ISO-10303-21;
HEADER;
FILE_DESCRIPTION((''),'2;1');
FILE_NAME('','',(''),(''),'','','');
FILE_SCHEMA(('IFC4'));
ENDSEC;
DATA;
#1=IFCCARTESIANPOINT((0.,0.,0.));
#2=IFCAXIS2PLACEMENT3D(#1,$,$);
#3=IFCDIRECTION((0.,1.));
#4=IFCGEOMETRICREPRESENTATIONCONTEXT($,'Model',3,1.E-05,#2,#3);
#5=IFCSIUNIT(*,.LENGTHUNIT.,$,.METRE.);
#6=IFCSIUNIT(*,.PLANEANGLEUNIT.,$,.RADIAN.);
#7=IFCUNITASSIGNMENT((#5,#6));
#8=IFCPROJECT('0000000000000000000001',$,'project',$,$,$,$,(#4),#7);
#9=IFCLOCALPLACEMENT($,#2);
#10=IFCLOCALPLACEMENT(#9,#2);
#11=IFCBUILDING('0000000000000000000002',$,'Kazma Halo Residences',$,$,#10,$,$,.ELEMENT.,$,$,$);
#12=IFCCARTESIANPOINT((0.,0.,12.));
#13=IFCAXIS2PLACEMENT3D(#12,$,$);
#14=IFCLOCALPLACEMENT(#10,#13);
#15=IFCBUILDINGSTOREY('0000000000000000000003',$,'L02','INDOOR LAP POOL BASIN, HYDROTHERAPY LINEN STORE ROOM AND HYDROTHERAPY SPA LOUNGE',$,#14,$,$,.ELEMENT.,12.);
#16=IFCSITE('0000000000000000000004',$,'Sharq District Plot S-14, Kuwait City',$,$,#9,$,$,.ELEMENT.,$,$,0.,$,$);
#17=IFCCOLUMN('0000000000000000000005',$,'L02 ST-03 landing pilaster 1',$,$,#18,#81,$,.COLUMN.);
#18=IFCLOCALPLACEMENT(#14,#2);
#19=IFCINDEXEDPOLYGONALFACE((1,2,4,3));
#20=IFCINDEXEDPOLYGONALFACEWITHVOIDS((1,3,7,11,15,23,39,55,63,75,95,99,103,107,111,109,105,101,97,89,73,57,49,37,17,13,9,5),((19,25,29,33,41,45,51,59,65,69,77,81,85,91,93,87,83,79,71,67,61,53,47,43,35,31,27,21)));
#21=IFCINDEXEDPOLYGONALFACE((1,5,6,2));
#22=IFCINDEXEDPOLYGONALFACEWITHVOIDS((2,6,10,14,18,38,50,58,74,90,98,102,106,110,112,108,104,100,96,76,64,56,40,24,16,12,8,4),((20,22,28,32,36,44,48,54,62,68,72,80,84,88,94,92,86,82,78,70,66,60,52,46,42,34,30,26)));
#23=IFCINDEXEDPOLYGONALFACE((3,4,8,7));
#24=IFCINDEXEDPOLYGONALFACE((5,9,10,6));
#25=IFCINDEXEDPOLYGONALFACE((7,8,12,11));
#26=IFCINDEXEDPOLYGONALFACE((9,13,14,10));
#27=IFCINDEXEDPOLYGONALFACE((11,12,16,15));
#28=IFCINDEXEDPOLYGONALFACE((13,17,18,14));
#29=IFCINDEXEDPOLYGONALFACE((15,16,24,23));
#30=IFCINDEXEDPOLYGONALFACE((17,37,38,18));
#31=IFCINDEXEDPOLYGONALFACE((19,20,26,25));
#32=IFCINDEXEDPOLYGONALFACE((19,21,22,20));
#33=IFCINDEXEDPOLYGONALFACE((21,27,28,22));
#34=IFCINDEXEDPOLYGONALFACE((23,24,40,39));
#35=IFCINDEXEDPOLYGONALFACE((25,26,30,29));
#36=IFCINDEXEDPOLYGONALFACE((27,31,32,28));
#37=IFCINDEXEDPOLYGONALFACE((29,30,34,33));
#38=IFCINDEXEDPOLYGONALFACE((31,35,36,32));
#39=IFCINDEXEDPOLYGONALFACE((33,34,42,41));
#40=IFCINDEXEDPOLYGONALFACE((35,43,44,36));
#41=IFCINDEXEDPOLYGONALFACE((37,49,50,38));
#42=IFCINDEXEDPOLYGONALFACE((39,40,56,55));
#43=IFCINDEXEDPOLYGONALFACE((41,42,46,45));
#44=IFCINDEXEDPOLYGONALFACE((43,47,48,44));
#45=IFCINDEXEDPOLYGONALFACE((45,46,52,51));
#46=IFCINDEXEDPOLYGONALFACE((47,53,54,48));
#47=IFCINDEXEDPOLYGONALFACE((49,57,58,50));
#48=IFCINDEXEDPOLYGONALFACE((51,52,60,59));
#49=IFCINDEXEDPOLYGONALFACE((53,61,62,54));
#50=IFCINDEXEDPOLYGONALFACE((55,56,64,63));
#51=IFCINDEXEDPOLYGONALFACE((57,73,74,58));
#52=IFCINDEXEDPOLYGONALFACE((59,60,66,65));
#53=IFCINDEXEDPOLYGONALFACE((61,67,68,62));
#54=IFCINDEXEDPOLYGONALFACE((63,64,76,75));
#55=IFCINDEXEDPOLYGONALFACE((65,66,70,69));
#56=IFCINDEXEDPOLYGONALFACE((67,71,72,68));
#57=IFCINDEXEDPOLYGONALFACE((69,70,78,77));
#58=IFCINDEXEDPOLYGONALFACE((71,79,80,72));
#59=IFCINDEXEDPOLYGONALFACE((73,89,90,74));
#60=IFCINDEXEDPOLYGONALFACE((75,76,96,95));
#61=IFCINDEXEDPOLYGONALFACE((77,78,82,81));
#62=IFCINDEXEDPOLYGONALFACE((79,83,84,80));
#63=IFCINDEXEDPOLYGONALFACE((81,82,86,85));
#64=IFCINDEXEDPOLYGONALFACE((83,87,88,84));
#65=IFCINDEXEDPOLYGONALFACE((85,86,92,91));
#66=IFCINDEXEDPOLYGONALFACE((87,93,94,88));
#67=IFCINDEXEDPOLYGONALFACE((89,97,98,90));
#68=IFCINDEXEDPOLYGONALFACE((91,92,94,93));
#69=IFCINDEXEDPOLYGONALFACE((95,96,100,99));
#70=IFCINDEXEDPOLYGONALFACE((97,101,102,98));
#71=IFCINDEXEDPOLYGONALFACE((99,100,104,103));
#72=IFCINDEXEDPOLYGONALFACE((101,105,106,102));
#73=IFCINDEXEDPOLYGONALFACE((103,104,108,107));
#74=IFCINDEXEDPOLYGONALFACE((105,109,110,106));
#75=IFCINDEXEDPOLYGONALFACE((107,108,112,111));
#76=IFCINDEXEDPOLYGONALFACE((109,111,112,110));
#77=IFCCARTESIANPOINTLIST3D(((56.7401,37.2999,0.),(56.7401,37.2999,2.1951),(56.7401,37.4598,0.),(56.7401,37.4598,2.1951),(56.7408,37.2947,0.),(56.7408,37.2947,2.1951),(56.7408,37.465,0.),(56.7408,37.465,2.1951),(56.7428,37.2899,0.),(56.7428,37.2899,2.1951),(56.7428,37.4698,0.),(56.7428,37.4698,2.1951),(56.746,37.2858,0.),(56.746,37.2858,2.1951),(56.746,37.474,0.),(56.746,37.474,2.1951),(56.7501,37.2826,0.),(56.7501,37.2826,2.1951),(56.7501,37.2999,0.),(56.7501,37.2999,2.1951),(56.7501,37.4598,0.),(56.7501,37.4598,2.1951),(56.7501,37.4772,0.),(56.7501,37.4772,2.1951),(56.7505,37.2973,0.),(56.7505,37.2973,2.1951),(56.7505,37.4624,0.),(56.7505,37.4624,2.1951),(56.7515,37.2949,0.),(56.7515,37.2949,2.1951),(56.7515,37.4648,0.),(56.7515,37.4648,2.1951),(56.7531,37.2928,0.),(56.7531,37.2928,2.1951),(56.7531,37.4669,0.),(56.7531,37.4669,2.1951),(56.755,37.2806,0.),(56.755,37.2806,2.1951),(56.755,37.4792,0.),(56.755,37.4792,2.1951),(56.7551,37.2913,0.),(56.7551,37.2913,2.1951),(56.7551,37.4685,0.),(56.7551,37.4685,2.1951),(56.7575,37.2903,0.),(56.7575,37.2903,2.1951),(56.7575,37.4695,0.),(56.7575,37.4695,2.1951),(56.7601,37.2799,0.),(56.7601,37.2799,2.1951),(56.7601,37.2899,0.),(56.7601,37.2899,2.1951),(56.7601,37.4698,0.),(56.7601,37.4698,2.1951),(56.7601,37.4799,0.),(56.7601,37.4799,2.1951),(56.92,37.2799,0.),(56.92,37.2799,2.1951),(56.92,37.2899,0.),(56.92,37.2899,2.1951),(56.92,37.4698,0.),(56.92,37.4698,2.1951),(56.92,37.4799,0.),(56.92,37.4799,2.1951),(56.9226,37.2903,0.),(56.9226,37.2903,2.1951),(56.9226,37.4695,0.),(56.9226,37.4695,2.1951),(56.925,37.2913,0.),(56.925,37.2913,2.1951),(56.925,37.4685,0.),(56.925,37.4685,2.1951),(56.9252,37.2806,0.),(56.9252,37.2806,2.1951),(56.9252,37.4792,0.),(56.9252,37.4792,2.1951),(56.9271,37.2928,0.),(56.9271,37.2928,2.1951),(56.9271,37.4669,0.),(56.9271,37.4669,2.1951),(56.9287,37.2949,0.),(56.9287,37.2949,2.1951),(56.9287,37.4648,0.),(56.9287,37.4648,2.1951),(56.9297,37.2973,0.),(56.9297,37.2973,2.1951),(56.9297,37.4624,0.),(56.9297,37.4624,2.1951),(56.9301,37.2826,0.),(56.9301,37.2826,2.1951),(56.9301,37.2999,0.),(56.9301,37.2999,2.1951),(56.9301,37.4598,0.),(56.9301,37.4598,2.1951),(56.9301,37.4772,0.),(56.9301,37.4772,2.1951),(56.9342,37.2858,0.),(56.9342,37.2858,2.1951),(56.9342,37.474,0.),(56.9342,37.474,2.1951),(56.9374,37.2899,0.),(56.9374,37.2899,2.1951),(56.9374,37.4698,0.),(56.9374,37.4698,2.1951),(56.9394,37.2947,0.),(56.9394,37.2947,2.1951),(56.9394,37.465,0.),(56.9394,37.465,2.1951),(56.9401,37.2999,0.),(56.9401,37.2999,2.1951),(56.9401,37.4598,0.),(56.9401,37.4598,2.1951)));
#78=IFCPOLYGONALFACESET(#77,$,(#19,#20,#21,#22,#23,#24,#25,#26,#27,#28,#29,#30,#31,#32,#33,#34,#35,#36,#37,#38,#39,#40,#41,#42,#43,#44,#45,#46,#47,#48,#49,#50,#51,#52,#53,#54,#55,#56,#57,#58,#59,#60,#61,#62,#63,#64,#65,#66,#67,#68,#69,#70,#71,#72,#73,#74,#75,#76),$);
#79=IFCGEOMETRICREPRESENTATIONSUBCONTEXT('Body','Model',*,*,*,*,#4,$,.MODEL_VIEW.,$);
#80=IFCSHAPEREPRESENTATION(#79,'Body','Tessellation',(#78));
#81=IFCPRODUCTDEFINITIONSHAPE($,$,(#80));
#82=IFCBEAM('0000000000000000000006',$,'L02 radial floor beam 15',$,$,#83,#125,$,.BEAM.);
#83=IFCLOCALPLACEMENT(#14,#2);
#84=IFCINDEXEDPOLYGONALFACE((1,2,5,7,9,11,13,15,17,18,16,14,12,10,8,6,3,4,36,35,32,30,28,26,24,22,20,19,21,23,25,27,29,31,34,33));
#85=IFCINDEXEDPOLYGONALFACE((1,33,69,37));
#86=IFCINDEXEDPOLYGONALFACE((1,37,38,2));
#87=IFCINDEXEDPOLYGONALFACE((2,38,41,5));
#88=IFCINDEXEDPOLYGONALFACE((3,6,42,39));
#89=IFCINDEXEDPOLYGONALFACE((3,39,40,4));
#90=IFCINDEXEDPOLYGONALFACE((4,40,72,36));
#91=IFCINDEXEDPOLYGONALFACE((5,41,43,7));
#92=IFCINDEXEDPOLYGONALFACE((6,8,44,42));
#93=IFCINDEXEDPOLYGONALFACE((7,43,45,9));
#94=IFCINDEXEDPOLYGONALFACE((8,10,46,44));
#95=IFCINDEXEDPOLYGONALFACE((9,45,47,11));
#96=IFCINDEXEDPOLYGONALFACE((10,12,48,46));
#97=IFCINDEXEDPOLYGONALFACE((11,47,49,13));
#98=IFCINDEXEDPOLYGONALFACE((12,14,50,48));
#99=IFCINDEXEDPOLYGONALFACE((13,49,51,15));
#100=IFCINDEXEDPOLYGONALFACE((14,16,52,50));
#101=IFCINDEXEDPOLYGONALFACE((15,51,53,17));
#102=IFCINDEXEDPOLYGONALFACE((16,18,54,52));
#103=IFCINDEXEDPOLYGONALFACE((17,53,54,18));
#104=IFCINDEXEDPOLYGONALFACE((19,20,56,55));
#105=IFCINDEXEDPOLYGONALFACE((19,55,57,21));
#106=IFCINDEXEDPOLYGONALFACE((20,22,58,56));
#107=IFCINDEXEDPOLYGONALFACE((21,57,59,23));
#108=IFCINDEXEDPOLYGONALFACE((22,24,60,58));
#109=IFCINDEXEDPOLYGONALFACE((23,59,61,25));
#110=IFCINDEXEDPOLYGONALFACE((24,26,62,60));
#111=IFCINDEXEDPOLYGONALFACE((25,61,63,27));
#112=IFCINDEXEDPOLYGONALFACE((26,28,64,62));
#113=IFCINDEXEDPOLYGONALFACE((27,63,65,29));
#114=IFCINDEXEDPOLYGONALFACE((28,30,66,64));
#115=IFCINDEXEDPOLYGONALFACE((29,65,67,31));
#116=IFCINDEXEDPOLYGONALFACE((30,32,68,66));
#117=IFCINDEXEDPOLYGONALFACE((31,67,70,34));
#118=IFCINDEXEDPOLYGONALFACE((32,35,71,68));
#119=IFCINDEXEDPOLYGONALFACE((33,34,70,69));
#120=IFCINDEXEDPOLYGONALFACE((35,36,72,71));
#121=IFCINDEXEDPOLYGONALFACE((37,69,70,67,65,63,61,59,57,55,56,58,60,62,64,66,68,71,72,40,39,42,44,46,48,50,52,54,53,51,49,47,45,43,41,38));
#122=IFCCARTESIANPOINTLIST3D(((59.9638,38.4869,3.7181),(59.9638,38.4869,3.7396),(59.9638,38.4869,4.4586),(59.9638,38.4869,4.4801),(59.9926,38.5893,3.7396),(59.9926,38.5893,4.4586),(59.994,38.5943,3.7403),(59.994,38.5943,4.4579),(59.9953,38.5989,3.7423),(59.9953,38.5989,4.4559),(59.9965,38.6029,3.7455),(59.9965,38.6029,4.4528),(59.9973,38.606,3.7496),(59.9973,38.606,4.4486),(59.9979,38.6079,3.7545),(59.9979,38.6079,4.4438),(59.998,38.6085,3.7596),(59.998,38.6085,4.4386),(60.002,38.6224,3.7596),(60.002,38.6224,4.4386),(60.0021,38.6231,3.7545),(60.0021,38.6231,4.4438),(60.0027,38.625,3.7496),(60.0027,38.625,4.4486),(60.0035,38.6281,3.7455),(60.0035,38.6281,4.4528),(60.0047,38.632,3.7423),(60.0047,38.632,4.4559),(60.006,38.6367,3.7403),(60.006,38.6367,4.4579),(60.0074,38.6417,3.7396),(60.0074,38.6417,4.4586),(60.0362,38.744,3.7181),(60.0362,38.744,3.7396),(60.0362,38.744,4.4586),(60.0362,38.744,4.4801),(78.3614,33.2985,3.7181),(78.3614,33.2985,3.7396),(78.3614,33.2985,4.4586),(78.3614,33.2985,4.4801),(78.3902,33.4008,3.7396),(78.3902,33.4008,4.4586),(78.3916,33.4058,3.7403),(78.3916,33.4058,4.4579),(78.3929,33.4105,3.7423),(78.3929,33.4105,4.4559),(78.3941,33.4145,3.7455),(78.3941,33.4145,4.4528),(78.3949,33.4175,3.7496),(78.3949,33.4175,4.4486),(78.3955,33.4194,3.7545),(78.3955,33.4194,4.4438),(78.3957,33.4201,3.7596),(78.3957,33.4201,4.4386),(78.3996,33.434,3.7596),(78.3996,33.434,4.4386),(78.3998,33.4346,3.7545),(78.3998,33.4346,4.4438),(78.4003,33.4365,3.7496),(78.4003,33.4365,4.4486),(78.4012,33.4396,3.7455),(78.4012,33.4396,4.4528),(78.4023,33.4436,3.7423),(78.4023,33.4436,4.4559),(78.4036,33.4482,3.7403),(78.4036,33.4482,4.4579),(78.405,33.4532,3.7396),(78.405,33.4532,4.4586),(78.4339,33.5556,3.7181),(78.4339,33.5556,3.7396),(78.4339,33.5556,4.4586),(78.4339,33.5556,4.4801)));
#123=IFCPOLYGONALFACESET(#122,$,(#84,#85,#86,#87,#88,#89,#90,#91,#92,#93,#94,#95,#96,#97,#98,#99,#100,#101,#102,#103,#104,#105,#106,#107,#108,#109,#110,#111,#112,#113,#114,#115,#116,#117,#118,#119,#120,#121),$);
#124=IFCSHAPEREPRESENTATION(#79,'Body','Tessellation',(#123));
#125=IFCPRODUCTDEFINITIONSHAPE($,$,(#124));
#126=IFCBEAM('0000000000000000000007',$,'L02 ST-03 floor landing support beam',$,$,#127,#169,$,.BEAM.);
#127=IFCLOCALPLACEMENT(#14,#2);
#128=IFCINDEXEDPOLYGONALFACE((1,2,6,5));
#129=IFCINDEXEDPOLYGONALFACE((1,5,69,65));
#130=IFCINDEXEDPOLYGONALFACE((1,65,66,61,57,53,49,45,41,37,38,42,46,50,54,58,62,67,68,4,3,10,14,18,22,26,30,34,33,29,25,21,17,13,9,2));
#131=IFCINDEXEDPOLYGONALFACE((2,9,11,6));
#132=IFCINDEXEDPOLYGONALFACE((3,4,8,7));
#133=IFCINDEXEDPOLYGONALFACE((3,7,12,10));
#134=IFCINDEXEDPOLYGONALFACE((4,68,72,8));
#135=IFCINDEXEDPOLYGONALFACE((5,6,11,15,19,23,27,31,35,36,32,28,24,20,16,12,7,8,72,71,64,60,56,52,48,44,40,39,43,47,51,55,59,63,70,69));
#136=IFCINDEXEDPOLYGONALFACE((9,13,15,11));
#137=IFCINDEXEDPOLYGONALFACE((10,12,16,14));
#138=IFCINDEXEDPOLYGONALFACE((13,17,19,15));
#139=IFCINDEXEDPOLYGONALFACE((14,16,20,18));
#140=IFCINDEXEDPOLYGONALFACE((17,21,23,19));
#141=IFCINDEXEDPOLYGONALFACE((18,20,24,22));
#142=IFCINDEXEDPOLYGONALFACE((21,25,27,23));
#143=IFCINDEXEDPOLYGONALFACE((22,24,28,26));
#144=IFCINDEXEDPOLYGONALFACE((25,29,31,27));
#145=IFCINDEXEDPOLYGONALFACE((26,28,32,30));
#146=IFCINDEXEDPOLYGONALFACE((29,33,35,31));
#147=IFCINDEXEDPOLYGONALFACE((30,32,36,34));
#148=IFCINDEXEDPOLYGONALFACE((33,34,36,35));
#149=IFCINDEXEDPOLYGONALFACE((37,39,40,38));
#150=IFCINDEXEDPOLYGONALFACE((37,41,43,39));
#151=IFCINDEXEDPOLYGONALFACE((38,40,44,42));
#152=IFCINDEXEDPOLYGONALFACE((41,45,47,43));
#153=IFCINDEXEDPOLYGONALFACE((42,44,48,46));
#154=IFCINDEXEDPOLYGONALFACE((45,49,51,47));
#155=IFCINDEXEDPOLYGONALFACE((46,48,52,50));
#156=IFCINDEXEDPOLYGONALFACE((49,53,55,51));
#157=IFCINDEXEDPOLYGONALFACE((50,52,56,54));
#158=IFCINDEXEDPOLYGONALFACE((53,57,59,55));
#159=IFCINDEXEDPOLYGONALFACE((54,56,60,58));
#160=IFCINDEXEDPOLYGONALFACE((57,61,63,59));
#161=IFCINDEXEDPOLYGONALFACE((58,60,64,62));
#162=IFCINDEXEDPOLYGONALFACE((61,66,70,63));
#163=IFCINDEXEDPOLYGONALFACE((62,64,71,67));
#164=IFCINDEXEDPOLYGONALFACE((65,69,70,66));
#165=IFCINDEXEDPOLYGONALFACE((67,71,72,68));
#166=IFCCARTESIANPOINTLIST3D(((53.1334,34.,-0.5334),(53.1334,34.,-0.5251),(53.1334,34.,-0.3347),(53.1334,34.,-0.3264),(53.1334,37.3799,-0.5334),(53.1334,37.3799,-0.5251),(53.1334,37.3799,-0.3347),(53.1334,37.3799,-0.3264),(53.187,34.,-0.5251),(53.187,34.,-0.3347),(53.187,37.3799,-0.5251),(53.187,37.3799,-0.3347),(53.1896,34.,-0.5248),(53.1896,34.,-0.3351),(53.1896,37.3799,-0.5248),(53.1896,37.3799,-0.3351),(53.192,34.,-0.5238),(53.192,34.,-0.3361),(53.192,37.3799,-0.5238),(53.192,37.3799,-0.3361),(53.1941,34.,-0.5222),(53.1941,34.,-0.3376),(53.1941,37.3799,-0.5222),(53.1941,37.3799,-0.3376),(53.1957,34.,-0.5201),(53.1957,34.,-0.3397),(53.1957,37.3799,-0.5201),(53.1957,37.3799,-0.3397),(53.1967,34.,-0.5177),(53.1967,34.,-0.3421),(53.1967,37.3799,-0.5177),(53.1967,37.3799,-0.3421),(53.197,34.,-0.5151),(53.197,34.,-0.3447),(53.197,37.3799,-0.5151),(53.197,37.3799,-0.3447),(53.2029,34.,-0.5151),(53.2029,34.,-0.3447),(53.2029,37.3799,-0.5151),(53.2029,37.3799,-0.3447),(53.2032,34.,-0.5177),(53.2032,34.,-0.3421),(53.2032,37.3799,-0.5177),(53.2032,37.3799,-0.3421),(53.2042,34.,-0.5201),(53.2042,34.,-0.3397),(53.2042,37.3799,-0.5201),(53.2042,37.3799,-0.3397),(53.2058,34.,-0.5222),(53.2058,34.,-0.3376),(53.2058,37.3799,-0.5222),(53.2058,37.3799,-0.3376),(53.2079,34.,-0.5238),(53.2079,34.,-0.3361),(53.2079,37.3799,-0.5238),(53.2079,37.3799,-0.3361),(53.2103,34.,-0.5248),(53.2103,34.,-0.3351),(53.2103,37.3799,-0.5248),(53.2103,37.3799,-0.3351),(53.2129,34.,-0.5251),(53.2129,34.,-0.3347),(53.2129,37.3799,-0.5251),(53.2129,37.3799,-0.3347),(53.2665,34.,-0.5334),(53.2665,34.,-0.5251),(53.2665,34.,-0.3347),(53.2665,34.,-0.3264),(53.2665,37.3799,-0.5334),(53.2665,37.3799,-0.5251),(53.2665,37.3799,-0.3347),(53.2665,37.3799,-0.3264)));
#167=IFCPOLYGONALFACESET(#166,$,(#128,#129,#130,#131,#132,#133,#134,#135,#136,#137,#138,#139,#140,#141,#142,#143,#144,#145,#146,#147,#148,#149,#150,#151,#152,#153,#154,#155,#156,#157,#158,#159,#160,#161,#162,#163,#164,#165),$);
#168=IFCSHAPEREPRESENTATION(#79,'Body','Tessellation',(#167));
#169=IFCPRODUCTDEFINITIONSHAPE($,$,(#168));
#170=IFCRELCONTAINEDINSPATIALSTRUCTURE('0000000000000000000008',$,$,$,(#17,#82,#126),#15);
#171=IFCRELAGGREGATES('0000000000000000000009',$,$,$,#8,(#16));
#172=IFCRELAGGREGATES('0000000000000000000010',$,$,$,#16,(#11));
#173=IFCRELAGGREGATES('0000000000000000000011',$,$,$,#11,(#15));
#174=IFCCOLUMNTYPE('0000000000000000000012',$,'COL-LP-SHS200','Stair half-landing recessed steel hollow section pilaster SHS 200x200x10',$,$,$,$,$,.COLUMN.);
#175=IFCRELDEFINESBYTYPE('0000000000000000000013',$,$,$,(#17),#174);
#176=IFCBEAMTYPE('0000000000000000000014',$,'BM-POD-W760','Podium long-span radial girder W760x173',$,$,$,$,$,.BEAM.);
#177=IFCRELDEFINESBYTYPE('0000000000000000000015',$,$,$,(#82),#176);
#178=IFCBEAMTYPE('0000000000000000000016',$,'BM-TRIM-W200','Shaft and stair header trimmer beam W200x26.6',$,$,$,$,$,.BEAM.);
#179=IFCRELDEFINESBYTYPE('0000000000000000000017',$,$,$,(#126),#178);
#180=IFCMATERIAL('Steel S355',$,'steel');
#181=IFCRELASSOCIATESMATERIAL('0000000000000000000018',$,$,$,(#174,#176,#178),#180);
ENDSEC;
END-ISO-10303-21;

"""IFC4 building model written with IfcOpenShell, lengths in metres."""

from ifc_helpers import new_model, si_unit, direction, frame, origin, origin_2d, place, context, subcontext, project, spatial, hollow_rectangle, i_section, extrude, material, material_profile, profile_set, type_object, element, save


model = new_model("IFC4")

# Units and contexts
model_context = context("Model", 3, precision=1e-05, world=origin(), true_north=direction((0.0, 1.0)))
body_context = subcontext(model_context, "Body", "Model", "MODEL_VIEW")
ifc_project = project(units=[si_unit("LENGTHUNIT", "METRE"), si_unit("PLANEANGLEUNIT", "RADIAN")], contexts=[model_context])

# Site, building, storey
site_placement = place(None, origin())
site = spatial("IfcSite", under=ifc_project, at=site_placement, Name="Sharq District Plot S-14, Kuwait City", CompositionType="ELEMENT", RefElevation=0.0)
building_placement = place(site_placement, origin())
building = spatial("IfcBuilding", under=site, at=building_placement, Name="Kazma Halo Residences", CompositionType="ELEMENT")
storey_placement = place(building_placement, frame((0.0, 0.0, 12.0)))
storey = spatial("IfcBuildingStorey", under=building, at=storey_placement, Name="L02", Description="INDOOR LAP POOL BASIN, HYDROTHERAPY LINEN STORE ROOM AND HYDROTHERAPY SPA LOUNGE", CompositionType="ELEMENT", Elevation=12.0)

# Column
ifc_material_1 = material(Name="Steel S355", Category="steel")
ifc_material_profile_1 = material_profile(ifc_material_1, hollow_rectangle(XDim=0.2, YDim=0.2, WallThickness=0.01, InnerFilletRadius=0.01, OuterFilletRadius=0.02, at=origin_2d()), Name="SHS200x200x10")
ifc_profile_set_1 = profile_set([ifc_material_profile_1], Name="Steel S355")
column_type = type_object("IfcColumnType", Name="COL-LP-SHS200", Description="Stair half-landing recessed steel hollow section pilaster SHS 200x200x10", PredefinedType="COLUMN", material=ifc_profile_set_1)
column_placement = place(storey_placement, frame((56.8401, 37.3799, 0.0), z_axis=(0.0, 0.0, 1.0), x_axis=(1.0, 0.0, 0.0)))
element("IfcColumn", 1, at=column_placement, inside=storey, type_object=column_type, Name="L02 ST-03 landing pilaster 1", PredefinedType="COLUMN", context=body_context, shape_type="SweptSolid", body=[
    extrude(hollow_rectangle(XDim=0.2, YDim=0.2, WallThickness=0.01, InnerFilletRadius=0.01, OuterFilletRadius=0.02, at=origin_2d()), origin(), (0.0, 0.0, 1.0), 2.1951),
])

# Beams
ifc_material_profile_2 = material_profile(ifc_material_1, i_section(OverallWidth=0.2671, OverallDepth=0.762, WebThickness=0.0144, FlangeThickness=0.0215, FilletRadius=0.02, at=origin_2d()), Name="W760x173")
ifc_profile_set_2 = profile_set([ifc_material_profile_2], Name="Steel S355")
beam_type_1 = type_object("IfcBeamType", Name="BM-POD-W760", Description="Podium long-span radial girder W760x173", PredefinedType="BEAM", material=ifc_profile_set_2)
beam_1_placement = place(storey_placement, frame((60.0, 38.6155, 4.0991), z_axis=(0.962458, -0.27143, 0.0), x_axis=(0.27143, 0.962458, 0.0)))
element("IfcBeam", 2, at=beam_1_placement, inside=storey, type_object=beam_type_1, Name="L02 radial floor beam 15", PredefinedType="BEAM", context=body_context, shape_type="SweptSolid", body=[
    extrude(i_section(OverallWidth=0.2671, OverallDepth=0.762, WebThickness=0.0144, FlangeThickness=0.0215, FilletRadius=0.02, at=origin_2d()), origin(), (0.0, 0.0, 1.0), 19.1152),
])
ifc_material_profile_3 = material_profile(ifc_material_1, i_section(OverallWidth=0.1331, OverallDepth=0.207, WebThickness=0.0059, FlangeThickness=0.0083, FilletRadius=0.01, at=origin_2d()), Name="W200x26.6")
ifc_profile_set_3 = profile_set([ifc_material_profile_3], Name="Steel S355")
beam_type_2 = type_object("IfcBeamType", Name="BM-TRIM-W200", Description="Shaft and stair header trimmer beam W200x26.6", PredefinedType="BEAM", material=ifc_profile_set_3)
beam_2_placement = place(storey_placement, frame((53.2, 34.0, -0.4299), z_axis=(0.0, 1.0, 0.0), x_axis=(-1.0, 0.0, 0.0)))
element("IfcBeam", 3, at=beam_2_placement, inside=storey, type_object=beam_type_2, Name="L02 ST-03 floor landing support beam", PredefinedType="BEAM", context=body_context, shape_type="SweptSolid", body=[
    extrude(i_section(OverallWidth=0.1331, OverallDepth=0.207, WebThickness=0.0059, FlangeThickness=0.0083, FilletRadius=0.01, at=origin_2d()), origin(), (0.0, 0.0, 1.0), 3.3799),
])

save(model, "model.ifc")
